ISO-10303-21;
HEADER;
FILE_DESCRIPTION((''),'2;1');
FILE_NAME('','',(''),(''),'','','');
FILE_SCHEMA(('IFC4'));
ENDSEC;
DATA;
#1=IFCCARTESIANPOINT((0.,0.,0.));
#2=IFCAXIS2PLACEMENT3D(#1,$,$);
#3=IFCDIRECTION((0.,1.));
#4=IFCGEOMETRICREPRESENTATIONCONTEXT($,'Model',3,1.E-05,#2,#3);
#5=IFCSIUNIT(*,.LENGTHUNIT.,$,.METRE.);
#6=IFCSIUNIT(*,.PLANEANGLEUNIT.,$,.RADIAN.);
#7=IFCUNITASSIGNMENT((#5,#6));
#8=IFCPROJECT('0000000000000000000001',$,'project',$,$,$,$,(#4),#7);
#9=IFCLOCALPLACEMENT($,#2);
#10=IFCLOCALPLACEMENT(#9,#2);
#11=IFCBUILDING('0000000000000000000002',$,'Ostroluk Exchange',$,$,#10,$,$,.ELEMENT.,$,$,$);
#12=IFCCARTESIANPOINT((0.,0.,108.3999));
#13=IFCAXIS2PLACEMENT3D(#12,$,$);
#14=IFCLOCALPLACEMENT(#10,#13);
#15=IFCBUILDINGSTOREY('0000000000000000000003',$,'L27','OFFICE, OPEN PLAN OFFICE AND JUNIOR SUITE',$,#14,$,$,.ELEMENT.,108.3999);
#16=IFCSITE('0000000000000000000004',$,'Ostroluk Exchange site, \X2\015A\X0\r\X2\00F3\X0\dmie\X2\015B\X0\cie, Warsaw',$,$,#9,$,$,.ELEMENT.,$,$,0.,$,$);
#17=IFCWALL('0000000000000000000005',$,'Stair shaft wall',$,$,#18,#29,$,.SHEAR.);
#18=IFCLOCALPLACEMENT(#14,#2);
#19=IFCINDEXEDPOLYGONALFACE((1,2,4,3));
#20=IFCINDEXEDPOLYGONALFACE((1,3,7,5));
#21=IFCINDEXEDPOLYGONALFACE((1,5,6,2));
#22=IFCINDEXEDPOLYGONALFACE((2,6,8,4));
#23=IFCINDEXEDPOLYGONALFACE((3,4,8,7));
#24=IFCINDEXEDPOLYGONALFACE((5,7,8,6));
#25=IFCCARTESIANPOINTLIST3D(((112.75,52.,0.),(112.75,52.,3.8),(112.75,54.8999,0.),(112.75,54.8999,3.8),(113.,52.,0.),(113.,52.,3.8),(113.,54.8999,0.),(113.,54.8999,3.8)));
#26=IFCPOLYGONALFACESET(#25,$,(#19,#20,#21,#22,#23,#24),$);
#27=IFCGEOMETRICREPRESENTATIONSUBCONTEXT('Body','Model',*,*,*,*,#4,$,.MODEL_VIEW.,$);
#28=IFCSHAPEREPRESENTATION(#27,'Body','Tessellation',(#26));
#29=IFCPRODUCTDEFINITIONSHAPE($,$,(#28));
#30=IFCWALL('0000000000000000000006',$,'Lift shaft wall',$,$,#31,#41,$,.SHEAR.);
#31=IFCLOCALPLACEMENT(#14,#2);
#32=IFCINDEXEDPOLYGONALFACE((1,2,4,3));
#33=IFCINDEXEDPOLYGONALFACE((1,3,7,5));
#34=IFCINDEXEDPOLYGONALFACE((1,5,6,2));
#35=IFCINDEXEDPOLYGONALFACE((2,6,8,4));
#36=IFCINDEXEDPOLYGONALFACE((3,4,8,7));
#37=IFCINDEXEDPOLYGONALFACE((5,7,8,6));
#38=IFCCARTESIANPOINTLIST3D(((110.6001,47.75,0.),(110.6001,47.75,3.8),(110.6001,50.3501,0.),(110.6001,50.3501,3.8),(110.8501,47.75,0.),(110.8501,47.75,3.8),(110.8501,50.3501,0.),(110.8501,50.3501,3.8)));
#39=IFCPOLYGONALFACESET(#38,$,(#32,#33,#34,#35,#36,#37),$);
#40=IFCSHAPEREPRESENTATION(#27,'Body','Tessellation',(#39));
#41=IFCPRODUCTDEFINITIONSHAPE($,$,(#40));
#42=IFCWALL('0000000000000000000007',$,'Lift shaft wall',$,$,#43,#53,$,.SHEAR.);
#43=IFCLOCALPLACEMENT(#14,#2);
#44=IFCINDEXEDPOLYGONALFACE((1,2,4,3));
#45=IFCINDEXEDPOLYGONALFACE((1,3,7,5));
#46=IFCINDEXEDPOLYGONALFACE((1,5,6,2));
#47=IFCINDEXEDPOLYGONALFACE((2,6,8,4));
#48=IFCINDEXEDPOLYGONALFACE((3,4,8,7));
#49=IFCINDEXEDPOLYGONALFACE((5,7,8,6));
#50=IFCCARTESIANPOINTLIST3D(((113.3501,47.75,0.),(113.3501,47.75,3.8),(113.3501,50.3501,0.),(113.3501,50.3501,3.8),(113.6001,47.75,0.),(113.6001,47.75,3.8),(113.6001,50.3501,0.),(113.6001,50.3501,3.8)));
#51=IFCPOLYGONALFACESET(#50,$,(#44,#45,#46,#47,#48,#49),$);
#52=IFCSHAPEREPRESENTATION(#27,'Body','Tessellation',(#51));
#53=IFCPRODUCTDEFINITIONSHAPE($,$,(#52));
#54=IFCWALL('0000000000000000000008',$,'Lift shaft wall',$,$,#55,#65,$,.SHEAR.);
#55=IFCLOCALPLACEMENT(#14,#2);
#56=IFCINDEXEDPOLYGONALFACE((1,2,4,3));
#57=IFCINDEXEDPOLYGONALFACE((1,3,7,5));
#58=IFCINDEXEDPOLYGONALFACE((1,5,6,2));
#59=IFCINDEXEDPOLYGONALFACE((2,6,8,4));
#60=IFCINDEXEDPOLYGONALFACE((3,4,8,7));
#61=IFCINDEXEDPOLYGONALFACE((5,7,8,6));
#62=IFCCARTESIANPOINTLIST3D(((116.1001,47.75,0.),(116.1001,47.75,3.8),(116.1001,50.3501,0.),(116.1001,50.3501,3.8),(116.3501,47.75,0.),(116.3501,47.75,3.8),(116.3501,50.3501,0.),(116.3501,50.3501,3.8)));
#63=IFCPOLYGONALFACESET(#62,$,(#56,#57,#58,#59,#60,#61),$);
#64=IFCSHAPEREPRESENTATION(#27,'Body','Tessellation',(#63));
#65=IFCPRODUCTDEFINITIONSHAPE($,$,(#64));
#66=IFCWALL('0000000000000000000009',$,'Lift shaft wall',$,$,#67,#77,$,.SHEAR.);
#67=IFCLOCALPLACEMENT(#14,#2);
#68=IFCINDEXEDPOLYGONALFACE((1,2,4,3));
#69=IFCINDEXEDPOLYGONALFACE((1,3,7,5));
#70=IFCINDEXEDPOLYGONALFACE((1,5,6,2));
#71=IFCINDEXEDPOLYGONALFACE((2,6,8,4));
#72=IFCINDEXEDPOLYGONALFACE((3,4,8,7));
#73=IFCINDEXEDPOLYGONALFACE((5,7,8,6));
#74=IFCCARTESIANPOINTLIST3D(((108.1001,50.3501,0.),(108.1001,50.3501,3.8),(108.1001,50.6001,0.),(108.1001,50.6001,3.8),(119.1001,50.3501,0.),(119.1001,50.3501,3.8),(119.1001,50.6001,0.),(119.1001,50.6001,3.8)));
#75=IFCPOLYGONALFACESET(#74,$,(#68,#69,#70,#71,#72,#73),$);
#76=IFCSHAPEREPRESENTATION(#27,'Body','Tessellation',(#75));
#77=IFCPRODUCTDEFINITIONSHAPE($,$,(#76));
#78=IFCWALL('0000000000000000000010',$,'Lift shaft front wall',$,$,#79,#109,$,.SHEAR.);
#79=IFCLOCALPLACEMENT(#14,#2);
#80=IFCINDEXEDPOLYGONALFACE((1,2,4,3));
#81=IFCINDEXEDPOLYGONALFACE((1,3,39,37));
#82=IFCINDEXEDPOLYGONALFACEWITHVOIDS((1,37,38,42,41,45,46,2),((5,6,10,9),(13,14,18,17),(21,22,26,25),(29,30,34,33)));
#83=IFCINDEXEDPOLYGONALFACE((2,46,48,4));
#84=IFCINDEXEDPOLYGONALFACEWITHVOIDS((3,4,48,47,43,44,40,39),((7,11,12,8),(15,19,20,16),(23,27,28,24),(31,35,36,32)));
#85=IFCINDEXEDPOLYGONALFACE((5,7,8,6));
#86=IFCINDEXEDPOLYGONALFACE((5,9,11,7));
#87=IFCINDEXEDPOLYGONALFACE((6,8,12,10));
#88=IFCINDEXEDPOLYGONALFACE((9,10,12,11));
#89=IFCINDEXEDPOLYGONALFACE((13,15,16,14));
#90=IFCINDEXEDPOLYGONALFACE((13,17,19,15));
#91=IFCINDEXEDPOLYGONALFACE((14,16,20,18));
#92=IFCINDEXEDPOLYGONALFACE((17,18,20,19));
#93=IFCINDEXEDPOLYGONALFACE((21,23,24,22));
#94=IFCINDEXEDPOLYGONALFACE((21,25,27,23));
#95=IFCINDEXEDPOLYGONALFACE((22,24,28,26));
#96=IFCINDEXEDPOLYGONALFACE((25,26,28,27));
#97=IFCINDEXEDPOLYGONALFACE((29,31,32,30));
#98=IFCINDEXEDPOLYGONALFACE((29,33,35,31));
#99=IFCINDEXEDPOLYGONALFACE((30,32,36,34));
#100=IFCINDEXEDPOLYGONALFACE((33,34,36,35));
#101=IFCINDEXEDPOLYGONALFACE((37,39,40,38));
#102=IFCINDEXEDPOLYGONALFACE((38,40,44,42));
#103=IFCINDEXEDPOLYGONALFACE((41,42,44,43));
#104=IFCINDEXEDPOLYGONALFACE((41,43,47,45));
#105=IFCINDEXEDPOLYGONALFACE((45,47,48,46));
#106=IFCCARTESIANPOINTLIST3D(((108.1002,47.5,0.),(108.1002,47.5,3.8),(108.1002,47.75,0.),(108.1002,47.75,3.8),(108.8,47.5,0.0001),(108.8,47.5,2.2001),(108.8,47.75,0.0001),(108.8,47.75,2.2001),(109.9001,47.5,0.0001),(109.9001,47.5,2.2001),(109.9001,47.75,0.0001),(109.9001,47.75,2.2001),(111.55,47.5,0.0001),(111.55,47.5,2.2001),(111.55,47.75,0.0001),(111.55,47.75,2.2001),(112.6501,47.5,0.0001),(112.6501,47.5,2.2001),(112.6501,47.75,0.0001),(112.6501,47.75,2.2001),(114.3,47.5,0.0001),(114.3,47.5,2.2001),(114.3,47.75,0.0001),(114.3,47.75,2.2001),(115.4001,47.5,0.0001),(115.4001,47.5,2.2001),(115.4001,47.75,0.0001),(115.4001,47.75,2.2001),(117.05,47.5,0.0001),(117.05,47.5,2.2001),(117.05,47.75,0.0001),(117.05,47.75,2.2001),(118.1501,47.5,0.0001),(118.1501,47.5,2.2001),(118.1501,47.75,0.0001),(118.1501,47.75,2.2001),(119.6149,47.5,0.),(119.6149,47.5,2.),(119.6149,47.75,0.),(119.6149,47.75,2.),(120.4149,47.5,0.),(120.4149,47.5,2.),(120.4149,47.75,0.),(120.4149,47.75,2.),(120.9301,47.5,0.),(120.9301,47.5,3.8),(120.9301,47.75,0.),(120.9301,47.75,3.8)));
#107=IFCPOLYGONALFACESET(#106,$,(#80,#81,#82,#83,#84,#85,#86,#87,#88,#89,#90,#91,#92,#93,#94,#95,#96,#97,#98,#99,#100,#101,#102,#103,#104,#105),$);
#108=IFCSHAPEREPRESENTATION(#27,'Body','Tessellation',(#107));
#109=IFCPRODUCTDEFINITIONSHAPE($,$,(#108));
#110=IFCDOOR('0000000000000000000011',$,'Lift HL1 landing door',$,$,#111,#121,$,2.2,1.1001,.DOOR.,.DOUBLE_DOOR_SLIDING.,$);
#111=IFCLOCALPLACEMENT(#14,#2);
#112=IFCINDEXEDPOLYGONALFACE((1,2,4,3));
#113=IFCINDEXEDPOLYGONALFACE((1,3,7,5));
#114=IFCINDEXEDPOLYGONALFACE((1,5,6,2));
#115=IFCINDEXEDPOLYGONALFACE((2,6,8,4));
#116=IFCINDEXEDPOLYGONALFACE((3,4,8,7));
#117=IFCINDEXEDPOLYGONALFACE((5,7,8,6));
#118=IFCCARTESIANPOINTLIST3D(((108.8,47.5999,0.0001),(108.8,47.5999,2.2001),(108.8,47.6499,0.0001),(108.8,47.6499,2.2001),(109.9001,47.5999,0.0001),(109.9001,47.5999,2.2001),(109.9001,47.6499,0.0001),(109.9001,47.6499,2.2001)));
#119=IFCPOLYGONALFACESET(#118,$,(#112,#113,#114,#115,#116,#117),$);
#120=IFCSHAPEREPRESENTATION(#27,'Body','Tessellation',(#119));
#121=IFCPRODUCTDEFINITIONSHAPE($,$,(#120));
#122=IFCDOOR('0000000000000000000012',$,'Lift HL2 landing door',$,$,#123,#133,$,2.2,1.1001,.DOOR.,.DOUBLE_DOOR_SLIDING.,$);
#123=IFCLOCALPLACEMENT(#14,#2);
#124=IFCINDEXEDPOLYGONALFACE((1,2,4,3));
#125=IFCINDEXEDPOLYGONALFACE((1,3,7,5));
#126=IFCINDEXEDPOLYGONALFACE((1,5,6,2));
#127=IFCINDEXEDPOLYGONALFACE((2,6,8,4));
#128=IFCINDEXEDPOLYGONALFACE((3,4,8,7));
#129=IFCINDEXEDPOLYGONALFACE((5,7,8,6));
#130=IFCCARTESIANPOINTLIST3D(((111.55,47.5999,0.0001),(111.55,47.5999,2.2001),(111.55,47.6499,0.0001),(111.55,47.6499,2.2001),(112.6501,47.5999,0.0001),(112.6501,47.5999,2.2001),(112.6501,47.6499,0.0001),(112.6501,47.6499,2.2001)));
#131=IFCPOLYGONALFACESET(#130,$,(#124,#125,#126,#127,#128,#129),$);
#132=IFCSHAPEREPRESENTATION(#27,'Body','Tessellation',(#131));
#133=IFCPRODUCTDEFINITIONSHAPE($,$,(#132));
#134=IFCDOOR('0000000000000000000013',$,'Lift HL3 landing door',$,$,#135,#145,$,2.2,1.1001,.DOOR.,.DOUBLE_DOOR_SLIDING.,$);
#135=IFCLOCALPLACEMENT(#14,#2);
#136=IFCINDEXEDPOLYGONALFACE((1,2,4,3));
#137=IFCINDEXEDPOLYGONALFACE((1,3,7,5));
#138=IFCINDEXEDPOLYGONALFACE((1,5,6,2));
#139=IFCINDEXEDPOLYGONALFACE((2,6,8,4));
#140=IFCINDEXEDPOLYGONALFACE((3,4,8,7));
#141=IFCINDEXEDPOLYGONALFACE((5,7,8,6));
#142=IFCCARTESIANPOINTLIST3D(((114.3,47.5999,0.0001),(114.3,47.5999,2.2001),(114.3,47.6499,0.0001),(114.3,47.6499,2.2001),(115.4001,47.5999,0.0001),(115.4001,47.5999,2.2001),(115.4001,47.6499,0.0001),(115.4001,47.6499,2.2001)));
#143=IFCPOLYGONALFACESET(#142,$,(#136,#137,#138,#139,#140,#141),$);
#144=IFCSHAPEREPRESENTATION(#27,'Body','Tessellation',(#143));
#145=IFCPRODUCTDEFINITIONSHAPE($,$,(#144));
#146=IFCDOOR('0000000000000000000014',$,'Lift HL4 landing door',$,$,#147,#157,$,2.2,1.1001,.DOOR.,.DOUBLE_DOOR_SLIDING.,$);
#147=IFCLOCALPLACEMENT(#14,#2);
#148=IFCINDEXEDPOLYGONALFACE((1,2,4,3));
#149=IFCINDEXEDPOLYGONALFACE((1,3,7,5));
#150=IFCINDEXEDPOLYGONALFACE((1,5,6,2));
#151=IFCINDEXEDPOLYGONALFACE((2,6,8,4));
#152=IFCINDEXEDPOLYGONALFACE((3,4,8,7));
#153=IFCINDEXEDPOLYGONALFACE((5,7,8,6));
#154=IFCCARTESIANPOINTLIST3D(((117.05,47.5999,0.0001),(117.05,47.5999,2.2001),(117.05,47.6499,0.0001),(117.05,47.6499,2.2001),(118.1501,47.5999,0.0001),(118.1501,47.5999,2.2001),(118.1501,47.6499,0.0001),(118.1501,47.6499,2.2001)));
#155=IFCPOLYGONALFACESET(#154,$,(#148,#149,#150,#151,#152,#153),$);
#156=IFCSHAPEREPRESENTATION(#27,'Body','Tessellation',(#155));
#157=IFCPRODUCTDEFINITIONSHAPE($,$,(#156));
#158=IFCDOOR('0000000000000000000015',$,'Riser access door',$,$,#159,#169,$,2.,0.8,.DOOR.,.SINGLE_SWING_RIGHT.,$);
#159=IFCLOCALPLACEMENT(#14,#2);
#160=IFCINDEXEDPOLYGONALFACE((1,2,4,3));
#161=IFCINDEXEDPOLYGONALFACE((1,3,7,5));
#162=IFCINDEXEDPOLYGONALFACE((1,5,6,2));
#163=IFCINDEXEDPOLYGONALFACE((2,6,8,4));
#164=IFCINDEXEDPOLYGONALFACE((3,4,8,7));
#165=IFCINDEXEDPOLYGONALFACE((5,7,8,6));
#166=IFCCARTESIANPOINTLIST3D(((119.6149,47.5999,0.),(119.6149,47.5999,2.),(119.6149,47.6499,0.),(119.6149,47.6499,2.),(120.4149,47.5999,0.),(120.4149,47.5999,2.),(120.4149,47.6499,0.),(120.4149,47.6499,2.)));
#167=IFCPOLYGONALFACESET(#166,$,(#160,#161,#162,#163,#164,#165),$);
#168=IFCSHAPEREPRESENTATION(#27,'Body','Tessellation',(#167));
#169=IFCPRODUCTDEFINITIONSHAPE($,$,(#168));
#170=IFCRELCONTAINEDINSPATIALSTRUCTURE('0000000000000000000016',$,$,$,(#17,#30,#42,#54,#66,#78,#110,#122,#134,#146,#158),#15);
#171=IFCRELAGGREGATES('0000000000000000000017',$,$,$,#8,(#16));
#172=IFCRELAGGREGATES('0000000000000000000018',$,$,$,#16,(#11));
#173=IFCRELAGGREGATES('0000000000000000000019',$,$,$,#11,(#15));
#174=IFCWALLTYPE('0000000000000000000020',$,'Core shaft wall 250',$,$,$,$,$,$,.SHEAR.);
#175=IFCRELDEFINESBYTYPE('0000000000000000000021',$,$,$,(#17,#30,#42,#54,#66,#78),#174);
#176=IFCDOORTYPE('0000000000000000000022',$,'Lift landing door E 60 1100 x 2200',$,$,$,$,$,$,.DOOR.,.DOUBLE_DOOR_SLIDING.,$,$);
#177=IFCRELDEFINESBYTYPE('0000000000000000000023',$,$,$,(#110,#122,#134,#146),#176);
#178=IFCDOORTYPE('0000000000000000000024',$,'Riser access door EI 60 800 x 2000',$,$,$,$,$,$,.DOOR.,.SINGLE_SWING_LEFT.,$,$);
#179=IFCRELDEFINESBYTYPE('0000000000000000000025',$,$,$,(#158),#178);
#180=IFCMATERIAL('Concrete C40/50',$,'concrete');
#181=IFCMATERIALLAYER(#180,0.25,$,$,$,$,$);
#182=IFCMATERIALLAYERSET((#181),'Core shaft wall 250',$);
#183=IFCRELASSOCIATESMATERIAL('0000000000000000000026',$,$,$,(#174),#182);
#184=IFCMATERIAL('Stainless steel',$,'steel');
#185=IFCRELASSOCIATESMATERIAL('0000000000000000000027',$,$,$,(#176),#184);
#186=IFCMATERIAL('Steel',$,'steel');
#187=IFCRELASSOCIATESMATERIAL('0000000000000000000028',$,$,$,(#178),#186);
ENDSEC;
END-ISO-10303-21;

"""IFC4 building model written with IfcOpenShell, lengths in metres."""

from ifc_helpers import new_model, si_unit, direction, frame, frame_2d, origin, place, context, subcontext, project, spatial, rectangle, extrude, material, layer, layer_set, type_object, element, fill, save


model = new_model("IFC4")

# Units and contexts
model_context = context("Model", 3, precision=1e-05, world=origin(), true_north=direction((0.0, 1.0)))
body_context = subcontext(model_context, "Body", "Model", "MODEL_VIEW")
ifc_project = project(units=[si_unit("LENGTHUNIT", "METRE"), si_unit("PLANEANGLEUNIT", "RADIAN")], contexts=[model_context])

# Site, building, storey
site_placement = place(None, origin())
site = spatial("IfcSite", under=ifc_project, at=site_placement, Name="Ostroluk Exchange site, Śródmieście, Warsaw", CompositionType="ELEMENT", RefElevation=0.0)
building_placement = place(site_placement, origin())
building = spatial("IfcBuilding", under=site, at=building_placement, Name="Ostroluk Exchange", CompositionType="ELEMENT")
storey_placement = place(building_placement, frame((0.0, 0.0, 108.3999)))
storey = spatial("IfcBuildingStorey", under=building, at=storey_placement, Name="L27", Description="OFFICE, OPEN PLAN OFFICE AND JUNIOR SUITE", CompositionType="ELEMENT", Elevation=108.3999)

# Walls
ifc_material_1 = material(Name="Concrete C40/50", Category="concrete")
ifc_layer_1 = layer(ifc_material_1, 0.25)
ifc_layer_set_1 = layer_set([ifc_layer_1], Name="Core shaft wall 250")
wall_type_1 = type_object("IfcWallType", Name="Core shaft wall 250", PredefinedType="SHEAR", material=ifc_layer_set_1)
wall_1_placement = place(storey_placement, frame((112.875, 52.0, 0.0), z_axis=(0.0, 0.0, 1.0), x_axis=(0.0, 1.0, 0.0)))
element("IfcWall", 1, at=wall_1_placement, inside=storey, type_object=wall_type_1, Name="Stair shaft wall", PredefinedType="SHEAR", context=body_context, shape_type="SweptSolid", body=[
    extrude(rectangle(XDim=2.8999, YDim=0.25, at=frame_2d((1.45, 0.0))), origin(), (0.0, 0.0, 1.0), 3.8),
])
for number, where, z_axis, x_axis, name in (
    (2, (110.7251, 47.75, 0.0), (0.0, 0.0, 1.0), (0.0, 1.0, 0.0), "Lift shaft wall"),
    (3, (113.4751, 47.75, 0.0), (0.0, 0.0, 1.0), (0.0, 1.0, 0.0), "Lift shaft wall"),
    (4, (116.2251, 47.75, 0.0), (0.0, 0.0, 1.0), (0.0, 1.0, 0.0), "Lift shaft wall"),
):
    element("IfcWall", number, at=place(storey_placement, frame(where, z_axis=z_axis, x_axis=x_axis)), inside=storey, type_object=wall_type_1, Name=name, PredefinedType="SHEAR", context=body_context, shape_type="SweptSolid", body=[
        extrude(rectangle(XDim=2.6001, YDim=0.25, at=frame_2d((1.3, 0.0))), origin(), (0.0, 0.0, 1.0), 3.8),
    ])
wall_2_placement = place(storey_placement, frame((108.1001, 50.4751, 0.0), z_axis=(0.0, 0.0, 1.0), x_axis=(1.0, 0.0, 0.0)))
element("IfcWall", 5, at=wall_2_placement, inside=storey, type_object=wall_type_1, Name="Lift shaft wall", PredefinedType="SHEAR", context=body_context, shape_type="SweptSolid", body=[
    extrude(rectangle(XDim=11.0, YDim=0.25, at=frame_2d((5.5, 0.0))), origin(), (0.0, 0.0, 1.0), 3.8),
])

# Wall, openings, doors
wall_3_placement = place(storey_placement, frame((108.1001, 47.625, 0.0), z_axis=(0.0, 0.0, 1.0), x_axis=(1.0, 0.0, 0.0)))
wall_3 = element("IfcWall", 6, at=wall_3_placement, inside=storey, type_object=wall_type_1, Name="Lift shaft front wall", PredefinedType="SHEAR", context=body_context, shape_type="SweptSolid", body=[
    extrude(rectangle(XDim=12.8298, YDim=0.25, at=frame_2d((6.415, 0.0))), origin(), (0.0, 0.0, 1.0), 3.8),
])
opening_1_placement = place(wall_3_placement, frame((0.7, 0.0, 0.0)))
opening_1 = element("IfcOpeningElement", 7, at=opening_1_placement, cuts=wall_3, PredefinedType="OPENING", context=body_context, shape_type="SweptSolid", body=[
    extrude(rectangle(XDim=1.1001, YDim=2.2, at=frame_2d((0.55, 1.1001))), frame((0.0, 0.135, 0.0), z_axis=(0.0, -1.0, 0.0), x_axis=(1.0, 0.0, 0.0)), (0.0, 0.0, 1.0), 0.27),
])
opening_2_placement = place(wall_3_placement, frame((3.45, 0.0, 0.0)))
opening_2 = element("IfcOpeningElement", 8, at=opening_2_placement, cuts=wall_3, PredefinedType="OPENING", context=body_context, shape_type="SweptSolid", body=[
    extrude(rectangle(XDim=1.1001, YDim=2.2, at=frame_2d((0.55, 1.1001))), frame((0.0, 0.135, 0.0), z_axis=(0.0, -1.0, 0.0), x_axis=(1.0, 0.0, 0.0)), (0.0, 0.0, 1.0), 0.27),
])
opening_3_placement = place(wall_3_placement, frame((6.2, 0.0, 0.0)))
opening_3 = element("IfcOpeningElement", 9, at=opening_3_placement, cuts=wall_3, PredefinedType="OPENING", context=body_context, shape_type="SweptSolid", body=[
    extrude(rectangle(XDim=1.1001, YDim=2.2, at=frame_2d((0.55, 1.1001))), frame((0.0, 0.135, 0.0), z_axis=(0.0, -1.0, 0.0), x_axis=(1.0, 0.0, 0.0)), (0.0, 0.0, 1.0), 0.27),
])
opening_4_placement = place(wall_3_placement, frame((8.95, 0.0, 0.0)))
opening_4 = element("IfcOpeningElement", 10, at=opening_4_placement, cuts=wall_3, PredefinedType="OPENING", context=body_context, shape_type="SweptSolid", body=[
    extrude(rectangle(XDim=1.1001, YDim=2.2, at=frame_2d((0.55, 1.1001))), frame((0.0, 0.135, 0.0), z_axis=(0.0, -1.0, 0.0), x_axis=(1.0, 0.0, 0.0)), (0.0, 0.0, 1.0), 0.27),
])
opening_5_placement = place(wall_3_placement, frame((11.5149, 0.0, 0.0)))
opening_5 = element("IfcOpeningElement", 11, at=opening_5_placement, cuts=wall_3, PredefinedType="OPENING", context=body_context, shape_type="SweptSolid", body=[
    extrude(rectangle(XDim=0.8, YDim=2.0, at=frame_2d((0.3999, 1.0))), frame((0.0, 0.135, 0.0), z_axis=(0.0, -1.0, 0.0), x_axis=(1.0, 0.0, 0.0)), (0.0, 0.0, 1.0), 0.27),
])
ifc_material_2 = material(Name="Stainless steel", Category="steel")
door_type_1 = type_object("IfcDoorType", Name="Lift landing door E 60 1100 x 2200", OperationType="DOUBLE_DOOR_SLIDING", PredefinedType="DOOR", material=ifc_material_2)
door_1_placement = place(opening_1_placement, origin())
door_1 = element("IfcDoor", 12, at=door_1_placement, inside=storey, type_object=door_type_1, Name="Lift HL1 landing door", OperationType="DOUBLE_DOOR_SLIDING", OverallHeight=2.2, OverallWidth=1.1001, PredefinedType="DOOR", context=body_context, shape_type="SweptSolid", body=[
    extrude(rectangle(XDim=1.1001, YDim=2.2, at=frame_2d((0.55, 1.1001))), frame((0.0, 0.0249, 0.0), z_axis=(0.0, -1.0, 0.0), x_axis=(1.0, 0.0, 0.0)), (0.0, 0.0, 1.0), 0.05),
])
fill(opening_1, door_1)
door_2_placement = place(opening_2_placement, origin())
door_2 = element("IfcDoor", 13, at=door_2_placement, inside=storey, type_object=door_type_1, Name="Lift HL2 landing door", OperationType="DOUBLE_DOOR_SLIDING", OverallHeight=2.2, OverallWidth=1.1001, PredefinedType="DOOR", context=body_context, shape_type="SweptSolid", body=[
    extrude(rectangle(XDim=1.1001, YDim=2.2, at=frame_2d((0.55, 1.1001))), frame((0.0, 0.0249, 0.0), z_axis=(0.0, -1.0, 0.0), x_axis=(1.0, 0.0, 0.0)), (0.0, 0.0, 1.0), 0.05),
])
fill(opening_2, door_2)
door_3_placement = place(opening_3_placement, origin())
door_3 = element("IfcDoor", 14, at=door_3_placement, inside=storey, type_object=door_type_1, Name="Lift HL3 landing door", OperationType="DOUBLE_DOOR_SLIDING", OverallHeight=2.2, OverallWidth=1.1001, PredefinedType="DOOR", context=body_context, shape_type="SweptSolid", body=[
    extrude(rectangle(XDim=1.1001, YDim=2.2, at=frame_2d((0.55, 1.1001))), frame((0.0, 0.0249, 0.0), z_axis=(0.0, -1.0, 0.0), x_axis=(1.0, 0.0, 0.0)), (0.0, 0.0, 1.0), 0.05),
])
fill(opening_3, door_3)
door_4_placement = place(opening_4_placement, origin())
door_4 = element("IfcDoor", 15, at=door_4_placement, inside=storey, type_object=door_type_1, Name="Lift HL4 landing door", OperationType="DOUBLE_DOOR_SLIDING", OverallHeight=2.2, OverallWidth=1.1001, PredefinedType="DOOR", context=body_context, shape_type="SweptSolid", body=[
    extrude(rectangle(XDim=1.1001, YDim=2.2, at=frame_2d((0.55, 1.1001))), frame((0.0, 0.0249, 0.0), z_axis=(0.0, -1.0, 0.0), x_axis=(1.0, 0.0, 0.0)), (0.0, 0.0, 1.0), 0.05),
])
fill(opening_4, door_4)
ifc_material_3 = material(Name="Steel", Category="steel")
door_type_2 = type_object("IfcDoorType", Name="Riser access door EI 60 800 x 2000", OperationType="SINGLE_SWING_LEFT", PredefinedType="DOOR", material=ifc_material_3)
door_5_placement = place(opening_5_placement, origin())
door_5 = element("IfcDoor", 16, at=door_5_placement, inside=storey, type_object=door_type_2, Name="Riser access door", OperationType="SINGLE_SWING_RIGHT", OverallHeight=2.0, OverallWidth=0.8, PredefinedType="DOOR", context=body_context, shape_type="SweptSolid", body=[
    extrude(rectangle(XDim=0.8, YDim=2.0, at=frame_2d((0.3999, 1.0))), frame((0.0, 0.0249, 0.0), z_axis=(0.0, -1.0, 0.0), x_axis=(1.0, 0.0, 0.0)), (0.0, 0.0, 1.0), 0.05),
])
fill(opening_5, door_5)

save(model, "model.ifc")
